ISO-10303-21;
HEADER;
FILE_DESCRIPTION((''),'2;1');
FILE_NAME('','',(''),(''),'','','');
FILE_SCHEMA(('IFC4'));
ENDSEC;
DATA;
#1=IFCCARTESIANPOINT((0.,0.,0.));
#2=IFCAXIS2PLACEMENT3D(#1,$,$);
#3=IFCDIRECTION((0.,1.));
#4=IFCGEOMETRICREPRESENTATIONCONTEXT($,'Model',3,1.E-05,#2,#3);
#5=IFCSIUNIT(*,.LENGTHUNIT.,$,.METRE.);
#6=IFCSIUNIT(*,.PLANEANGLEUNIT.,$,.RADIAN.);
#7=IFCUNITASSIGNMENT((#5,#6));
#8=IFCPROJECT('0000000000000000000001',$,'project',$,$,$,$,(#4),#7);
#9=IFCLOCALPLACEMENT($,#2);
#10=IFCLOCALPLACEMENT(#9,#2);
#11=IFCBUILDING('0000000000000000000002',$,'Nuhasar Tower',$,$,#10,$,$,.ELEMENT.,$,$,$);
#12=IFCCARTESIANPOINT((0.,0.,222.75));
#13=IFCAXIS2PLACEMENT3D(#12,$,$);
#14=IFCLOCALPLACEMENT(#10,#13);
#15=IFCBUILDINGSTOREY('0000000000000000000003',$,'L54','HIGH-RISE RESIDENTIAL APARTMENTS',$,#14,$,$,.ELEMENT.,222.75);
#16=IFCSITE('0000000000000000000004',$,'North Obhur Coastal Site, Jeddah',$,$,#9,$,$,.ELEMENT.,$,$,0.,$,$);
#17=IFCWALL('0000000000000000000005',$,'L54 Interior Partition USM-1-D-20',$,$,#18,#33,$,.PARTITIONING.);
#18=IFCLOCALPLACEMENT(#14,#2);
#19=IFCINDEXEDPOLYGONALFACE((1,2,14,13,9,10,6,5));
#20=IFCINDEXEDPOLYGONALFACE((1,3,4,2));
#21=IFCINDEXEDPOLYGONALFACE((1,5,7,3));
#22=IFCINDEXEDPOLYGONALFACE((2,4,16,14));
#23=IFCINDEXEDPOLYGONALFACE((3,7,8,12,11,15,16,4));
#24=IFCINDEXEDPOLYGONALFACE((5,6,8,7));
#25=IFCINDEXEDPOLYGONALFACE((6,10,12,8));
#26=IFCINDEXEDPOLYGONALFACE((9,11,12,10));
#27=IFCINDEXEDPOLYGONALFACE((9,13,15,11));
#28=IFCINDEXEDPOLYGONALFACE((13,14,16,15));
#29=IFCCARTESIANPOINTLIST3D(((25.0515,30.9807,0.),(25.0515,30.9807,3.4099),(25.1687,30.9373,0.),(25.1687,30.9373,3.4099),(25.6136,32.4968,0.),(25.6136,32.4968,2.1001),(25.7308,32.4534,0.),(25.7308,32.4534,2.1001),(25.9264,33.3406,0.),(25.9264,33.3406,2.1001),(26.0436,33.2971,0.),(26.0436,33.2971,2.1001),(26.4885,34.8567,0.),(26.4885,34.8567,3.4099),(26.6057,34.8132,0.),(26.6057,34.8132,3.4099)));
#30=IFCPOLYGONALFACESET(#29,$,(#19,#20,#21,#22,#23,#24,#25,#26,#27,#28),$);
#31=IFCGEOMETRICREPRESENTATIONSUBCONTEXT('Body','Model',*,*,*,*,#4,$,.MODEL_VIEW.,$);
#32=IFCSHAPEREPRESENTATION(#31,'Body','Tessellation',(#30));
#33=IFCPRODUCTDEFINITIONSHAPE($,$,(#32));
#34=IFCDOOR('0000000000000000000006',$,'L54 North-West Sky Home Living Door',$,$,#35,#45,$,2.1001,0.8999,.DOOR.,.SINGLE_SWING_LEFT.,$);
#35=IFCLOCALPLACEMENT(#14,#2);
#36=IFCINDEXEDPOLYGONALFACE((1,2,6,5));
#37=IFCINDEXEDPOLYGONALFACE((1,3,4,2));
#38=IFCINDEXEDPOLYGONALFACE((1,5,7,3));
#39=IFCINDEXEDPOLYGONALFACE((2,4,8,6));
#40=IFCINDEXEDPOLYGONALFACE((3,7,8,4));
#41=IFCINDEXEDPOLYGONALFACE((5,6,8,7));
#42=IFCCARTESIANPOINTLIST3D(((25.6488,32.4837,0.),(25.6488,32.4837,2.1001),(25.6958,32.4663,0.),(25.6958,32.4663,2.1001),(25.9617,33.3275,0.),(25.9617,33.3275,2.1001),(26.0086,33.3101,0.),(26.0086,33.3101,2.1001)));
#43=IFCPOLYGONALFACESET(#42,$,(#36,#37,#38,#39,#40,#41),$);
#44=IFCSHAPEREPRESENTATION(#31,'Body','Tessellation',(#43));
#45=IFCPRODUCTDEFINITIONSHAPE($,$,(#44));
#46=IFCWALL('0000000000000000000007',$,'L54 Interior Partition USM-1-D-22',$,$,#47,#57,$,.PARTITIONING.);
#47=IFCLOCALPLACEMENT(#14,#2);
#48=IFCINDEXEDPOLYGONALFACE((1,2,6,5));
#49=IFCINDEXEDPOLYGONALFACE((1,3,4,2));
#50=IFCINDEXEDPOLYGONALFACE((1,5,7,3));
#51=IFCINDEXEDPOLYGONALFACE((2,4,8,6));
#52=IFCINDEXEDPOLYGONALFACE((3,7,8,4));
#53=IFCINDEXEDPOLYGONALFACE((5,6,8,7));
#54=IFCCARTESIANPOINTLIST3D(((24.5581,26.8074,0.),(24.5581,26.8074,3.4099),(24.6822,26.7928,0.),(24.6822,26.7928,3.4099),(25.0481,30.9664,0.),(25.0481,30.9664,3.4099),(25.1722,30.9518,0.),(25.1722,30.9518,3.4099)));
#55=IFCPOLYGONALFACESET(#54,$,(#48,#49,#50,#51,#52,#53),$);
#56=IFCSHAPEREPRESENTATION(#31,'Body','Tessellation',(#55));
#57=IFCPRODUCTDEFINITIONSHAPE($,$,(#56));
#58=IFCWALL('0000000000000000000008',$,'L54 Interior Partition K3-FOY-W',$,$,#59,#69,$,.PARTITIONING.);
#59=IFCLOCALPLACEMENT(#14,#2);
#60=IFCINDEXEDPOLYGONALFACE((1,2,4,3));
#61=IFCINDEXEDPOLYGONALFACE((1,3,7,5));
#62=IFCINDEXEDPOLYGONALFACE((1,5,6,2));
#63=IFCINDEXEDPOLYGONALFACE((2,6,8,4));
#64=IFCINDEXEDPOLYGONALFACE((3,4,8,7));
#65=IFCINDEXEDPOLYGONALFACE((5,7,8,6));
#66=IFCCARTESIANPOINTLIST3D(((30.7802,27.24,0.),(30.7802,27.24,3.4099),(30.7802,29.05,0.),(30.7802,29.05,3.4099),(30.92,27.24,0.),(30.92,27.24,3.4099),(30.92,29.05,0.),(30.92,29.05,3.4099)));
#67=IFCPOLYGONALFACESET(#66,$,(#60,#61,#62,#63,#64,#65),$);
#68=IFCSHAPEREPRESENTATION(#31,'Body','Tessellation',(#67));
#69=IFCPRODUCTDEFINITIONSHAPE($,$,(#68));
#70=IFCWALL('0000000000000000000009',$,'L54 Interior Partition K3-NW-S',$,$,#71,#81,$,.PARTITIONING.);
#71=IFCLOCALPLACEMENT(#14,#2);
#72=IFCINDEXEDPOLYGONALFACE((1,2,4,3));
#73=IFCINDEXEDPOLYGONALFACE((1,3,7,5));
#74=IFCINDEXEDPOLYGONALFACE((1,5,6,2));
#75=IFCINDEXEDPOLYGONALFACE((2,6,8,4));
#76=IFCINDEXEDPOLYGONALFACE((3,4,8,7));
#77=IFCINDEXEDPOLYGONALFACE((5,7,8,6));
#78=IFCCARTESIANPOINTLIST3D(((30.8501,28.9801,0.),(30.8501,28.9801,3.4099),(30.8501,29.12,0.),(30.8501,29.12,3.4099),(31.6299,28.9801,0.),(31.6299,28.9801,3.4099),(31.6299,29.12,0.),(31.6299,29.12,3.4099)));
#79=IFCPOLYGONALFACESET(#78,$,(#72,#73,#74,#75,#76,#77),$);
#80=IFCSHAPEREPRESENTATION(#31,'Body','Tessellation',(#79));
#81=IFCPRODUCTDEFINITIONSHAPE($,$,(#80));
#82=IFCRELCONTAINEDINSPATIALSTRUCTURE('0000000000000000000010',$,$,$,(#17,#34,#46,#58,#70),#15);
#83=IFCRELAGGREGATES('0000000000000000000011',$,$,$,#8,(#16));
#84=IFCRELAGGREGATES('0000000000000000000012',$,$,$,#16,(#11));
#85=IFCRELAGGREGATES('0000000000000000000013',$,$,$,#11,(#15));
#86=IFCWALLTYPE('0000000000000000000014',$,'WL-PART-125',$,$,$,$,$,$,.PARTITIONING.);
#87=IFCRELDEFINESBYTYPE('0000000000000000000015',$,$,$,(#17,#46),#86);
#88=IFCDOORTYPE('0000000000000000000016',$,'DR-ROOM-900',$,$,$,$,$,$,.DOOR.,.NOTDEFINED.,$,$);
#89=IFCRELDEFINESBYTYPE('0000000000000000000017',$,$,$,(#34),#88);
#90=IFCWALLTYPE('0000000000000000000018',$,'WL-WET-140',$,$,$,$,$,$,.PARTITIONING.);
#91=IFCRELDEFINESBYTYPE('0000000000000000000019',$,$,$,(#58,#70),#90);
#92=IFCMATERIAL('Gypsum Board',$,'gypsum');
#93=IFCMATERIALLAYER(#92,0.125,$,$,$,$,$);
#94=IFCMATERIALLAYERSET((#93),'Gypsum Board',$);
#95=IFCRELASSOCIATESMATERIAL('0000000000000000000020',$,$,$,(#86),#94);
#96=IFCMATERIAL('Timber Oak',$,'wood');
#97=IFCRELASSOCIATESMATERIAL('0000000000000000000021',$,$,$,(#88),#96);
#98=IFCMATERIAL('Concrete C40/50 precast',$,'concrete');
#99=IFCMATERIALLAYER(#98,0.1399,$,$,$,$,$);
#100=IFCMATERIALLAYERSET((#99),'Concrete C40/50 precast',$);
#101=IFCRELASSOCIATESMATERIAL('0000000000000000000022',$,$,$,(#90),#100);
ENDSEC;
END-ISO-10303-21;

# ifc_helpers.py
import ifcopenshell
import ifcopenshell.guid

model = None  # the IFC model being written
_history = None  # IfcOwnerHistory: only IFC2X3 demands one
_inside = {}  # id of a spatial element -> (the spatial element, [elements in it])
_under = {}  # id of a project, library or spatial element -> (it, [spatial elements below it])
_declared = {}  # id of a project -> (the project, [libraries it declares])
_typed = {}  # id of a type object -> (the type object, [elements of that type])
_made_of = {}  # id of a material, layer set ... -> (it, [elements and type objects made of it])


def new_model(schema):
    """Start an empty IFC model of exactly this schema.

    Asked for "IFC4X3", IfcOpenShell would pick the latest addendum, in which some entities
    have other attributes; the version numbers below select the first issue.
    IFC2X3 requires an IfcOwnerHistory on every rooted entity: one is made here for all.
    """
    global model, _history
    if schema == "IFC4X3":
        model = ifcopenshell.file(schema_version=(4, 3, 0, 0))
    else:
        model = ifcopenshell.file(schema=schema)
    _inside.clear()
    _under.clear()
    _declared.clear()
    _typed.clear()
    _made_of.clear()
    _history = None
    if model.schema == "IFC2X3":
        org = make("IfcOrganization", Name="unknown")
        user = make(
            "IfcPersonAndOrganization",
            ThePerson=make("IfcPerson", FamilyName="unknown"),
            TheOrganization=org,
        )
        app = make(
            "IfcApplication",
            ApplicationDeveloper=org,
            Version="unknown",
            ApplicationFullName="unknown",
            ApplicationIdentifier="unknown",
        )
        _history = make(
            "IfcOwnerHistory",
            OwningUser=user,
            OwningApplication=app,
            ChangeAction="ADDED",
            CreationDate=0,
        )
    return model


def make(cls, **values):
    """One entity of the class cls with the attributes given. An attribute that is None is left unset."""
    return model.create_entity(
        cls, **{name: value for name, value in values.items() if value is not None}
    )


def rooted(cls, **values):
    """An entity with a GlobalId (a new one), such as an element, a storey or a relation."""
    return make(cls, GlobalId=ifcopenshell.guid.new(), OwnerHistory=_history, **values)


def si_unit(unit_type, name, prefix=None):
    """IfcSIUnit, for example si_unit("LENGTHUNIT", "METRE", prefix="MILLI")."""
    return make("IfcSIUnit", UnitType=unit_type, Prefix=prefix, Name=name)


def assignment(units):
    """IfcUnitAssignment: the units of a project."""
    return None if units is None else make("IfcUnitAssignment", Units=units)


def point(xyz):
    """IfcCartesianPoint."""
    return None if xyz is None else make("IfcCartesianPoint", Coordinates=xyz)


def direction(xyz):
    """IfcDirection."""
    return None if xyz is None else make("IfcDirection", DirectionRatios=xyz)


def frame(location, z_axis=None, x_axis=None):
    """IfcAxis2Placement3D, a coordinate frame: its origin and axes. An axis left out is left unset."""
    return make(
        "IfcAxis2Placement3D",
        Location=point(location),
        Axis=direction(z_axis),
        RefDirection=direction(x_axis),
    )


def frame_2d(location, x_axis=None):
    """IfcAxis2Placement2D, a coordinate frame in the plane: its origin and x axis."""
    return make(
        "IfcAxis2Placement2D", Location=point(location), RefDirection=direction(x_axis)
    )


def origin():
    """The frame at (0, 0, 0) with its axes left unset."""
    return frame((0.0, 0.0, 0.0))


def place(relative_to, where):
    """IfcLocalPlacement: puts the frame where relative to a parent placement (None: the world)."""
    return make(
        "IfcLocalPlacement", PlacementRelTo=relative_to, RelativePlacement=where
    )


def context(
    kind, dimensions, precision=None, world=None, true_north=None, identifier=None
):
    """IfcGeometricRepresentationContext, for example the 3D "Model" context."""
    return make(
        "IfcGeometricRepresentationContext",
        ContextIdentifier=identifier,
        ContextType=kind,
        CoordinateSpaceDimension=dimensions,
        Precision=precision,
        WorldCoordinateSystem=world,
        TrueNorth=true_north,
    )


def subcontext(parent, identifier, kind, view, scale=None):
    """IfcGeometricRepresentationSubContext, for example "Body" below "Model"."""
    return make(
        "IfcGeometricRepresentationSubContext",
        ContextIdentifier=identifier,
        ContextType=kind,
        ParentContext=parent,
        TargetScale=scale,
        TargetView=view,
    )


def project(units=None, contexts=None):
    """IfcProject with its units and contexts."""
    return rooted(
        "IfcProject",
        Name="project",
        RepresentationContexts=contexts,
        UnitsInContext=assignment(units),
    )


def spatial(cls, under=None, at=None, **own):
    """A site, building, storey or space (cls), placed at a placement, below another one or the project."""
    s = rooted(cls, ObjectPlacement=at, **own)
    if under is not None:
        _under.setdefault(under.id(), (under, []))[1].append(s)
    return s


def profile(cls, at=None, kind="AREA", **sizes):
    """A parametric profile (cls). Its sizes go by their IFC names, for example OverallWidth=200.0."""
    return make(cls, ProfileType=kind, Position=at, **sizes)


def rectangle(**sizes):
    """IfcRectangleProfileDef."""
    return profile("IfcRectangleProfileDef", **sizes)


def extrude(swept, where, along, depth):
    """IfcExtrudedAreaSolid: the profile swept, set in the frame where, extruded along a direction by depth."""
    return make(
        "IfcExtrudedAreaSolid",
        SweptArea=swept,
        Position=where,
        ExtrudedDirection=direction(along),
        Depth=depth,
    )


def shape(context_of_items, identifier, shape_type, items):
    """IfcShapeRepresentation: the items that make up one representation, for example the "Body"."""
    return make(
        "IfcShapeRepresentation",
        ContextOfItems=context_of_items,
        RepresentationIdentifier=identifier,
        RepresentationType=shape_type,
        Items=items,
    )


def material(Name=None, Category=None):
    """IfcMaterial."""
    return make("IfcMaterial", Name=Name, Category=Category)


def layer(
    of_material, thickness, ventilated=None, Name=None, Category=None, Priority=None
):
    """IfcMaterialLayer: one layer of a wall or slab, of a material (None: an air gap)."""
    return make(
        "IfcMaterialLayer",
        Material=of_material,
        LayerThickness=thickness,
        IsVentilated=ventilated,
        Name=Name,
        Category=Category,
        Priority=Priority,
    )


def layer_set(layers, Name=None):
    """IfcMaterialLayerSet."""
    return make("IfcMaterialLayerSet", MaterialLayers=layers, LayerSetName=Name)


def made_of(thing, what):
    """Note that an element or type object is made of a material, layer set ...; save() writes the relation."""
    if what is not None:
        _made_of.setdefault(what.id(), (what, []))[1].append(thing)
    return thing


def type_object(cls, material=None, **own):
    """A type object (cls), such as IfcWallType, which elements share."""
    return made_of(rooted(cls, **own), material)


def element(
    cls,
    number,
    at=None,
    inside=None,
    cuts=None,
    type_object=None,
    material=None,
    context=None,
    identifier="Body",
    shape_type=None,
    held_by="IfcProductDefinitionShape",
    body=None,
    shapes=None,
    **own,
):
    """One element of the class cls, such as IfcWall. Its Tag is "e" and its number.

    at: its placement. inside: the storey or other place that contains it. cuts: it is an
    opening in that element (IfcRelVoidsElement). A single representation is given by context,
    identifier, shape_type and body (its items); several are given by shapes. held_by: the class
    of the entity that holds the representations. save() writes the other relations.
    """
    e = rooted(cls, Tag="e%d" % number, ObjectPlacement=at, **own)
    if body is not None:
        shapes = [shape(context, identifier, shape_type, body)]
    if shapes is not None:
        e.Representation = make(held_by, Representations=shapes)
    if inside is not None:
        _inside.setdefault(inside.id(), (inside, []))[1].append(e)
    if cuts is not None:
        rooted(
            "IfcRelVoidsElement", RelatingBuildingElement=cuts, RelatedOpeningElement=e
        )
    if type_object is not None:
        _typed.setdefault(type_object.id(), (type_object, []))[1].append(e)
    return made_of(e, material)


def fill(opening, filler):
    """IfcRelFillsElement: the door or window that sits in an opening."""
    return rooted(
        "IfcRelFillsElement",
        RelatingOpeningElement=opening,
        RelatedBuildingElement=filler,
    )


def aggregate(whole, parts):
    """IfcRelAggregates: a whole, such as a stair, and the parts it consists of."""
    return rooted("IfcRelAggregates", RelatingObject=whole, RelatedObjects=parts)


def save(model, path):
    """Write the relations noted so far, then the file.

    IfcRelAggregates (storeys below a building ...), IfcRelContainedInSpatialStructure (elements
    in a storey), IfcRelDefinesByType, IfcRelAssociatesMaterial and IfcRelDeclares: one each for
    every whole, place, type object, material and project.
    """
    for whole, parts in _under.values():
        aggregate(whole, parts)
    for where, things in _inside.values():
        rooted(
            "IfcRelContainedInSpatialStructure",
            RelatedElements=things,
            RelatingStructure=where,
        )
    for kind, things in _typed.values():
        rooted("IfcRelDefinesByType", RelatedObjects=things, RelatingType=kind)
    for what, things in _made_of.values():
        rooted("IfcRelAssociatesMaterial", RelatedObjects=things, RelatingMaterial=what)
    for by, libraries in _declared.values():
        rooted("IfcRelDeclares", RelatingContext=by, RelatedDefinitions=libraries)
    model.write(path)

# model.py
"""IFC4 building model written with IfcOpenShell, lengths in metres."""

from ifc_helpers import new_model, si_unit, direction, frame, frame_2d, origin, place, context, subcontext, project, spatial, rectangle, extrude, material, layer, layer_set, type_object, element, fill, save


model = new_model("IFC4")

# Units and contexts
model_context = context("Model", 3, precision=1e-05, world=origin(), true_north=direction((0.0, 1.0)))
body_context = subcontext(model_context, "Body", "Model", "MODEL_VIEW")
ifc_project = project(units=[si_unit("LENGTHUNIT", "METRE"), si_unit("PLANEANGLEUNIT", "RADIAN")], contexts=[model_context])

# Site, building, storey
site_placement = place(None, origin())
site = spatial("IfcSite", under=ifc_project, at=site_placement, Name="North Obhur Coastal Site, Jeddah", CompositionType="ELEMENT", RefElevation=0.0)
building_placement = place(site_placement, origin())
building = spatial("IfcBuilding", under=site, at=building_placement, Name="Nuhasar Tower", CompositionType="ELEMENT")
storey_placement = place(building_placement, frame((0.0, 0.0, 222.75)))
storey = spatial("IfcBuildingStorey", under=building, at=storey_placement, Name="L54", Description="HIGH-RISE RESIDENTIAL APARTMENTS", CompositionType="ELEMENT", Elevation=222.75)

# Shared definitions
ifc_material_1 = material(Name="Gypsum Board", Category="gypsum")

# Shared definitions
ifc_material_2 = material(Name="Timber Oak", Category="wood")

# Shared definitions
ifc_layer_1 = layer(ifc_material_1, 0.125)
ifc_layer_set_1 = layer_set([ifc_layer_1], Name="Gypsum Board")
wall_type_1 = type_object("IfcWallType", Name="WL-PART-125", PredefinedType="PARTITIONING", material=ifc_layer_set_1)

# Wall, opening, door
wall_1_placement = place(storey_placement, frame((25.1101, 30.959, 0.0), z_axis=(0.0, 0.0, 1.0), x_axis=(0.347626, 0.937633, 0.0)))
wall_1 = element("IfcWall", 1, at=wall_1_placement, inside=storey, type_object=wall_type_1, Name="L54 Interior Partition USM-1-D-20", PredefinedType="PARTITIONING", context=body_context, shape_type="SweptSolid", body=[
    extrude(rectangle(XDim=4.1338, YDim=0.125, at=frame_2d((2.0669, 0.0))), origin(), (0.0, 0.0, 1.0), 3.4099),
])
opening_1_placement = place(wall_1_placement, frame((1.6169, 0.0, 0.0)))
opening_1 = element("IfcOpeningElement", 2, at=opening_1_placement, cuts=wall_1, PredefinedType="OPENING", context=body_context, shape_type="SweptSolid", body=[
    extrude(rectangle(XDim=0.8999, YDim=2.1001, at=frame_2d((0.45, 1.05))), frame((0.0, 0.0725, 0.0), z_axis=(0.0, -1.0, 0.0), x_axis=(1.0, 0.0, 0.0)), (0.0, 0.0, 1.0), 0.145),
])
door_type_1 = type_object("IfcDoorType", Name="DR-ROOM-900", OperationType="NOTDEFINED", PredefinedType="DOOR", material=ifc_material_2)
door_1_placement = place(opening_1_placement, origin())
door_1 = element("IfcDoor", 3, at=door_1_placement, inside=storey, type_object=door_type_1, Name="L54 North-West Sky Home Living Door", OperationType="SINGLE_SWING_LEFT", OverallHeight=2.1001, OverallWidth=0.8999, PredefinedType="DOOR", context=body_context, shape_type="SweptSolid", body=[
    extrude(rectangle(XDim=0.8999, YDim=2.1001, at=frame_2d((0.45, 1.05))), frame((0.0, 0.0249, 0.0), z_axis=(0.0, -1.0, 0.0), x_axis=(1.0, 0.0, 0.0)), (0.0, 0.0, 1.0), 0.05),
])
fill(opening_1, door_1)

# Walls
wall_2_placement = place(storey_placement, frame((25.1101, 30.959, 0.0), z_axis=(0.0, 0.0, 1.0), x_axis=(-0.117007, -0.993131, 0.0)))
element("IfcWall", 4, at=wall_2_placement, inside=storey, type_object=wall_type_1, Name="L54 Interior Partition USM-1-D-22", PredefinedType="PARTITIONING", context=body_context, shape_type="SweptSolid", body=[
    extrude(rectangle(XDim=4.1877, YDim=0.125, at=frame_2d((2.0938, 0.0))), origin(), (0.0, 0.0, 1.0), 3.4099),
])
ifc_material_3 = material(Name="Concrete C40/50 precast", Category="concrete")
ifc_layer_2 = layer(ifc_material_3, 0.1399)
ifc_layer_set_2 = layer_set([ifc_layer_2], Name="Concrete C40/50 precast")
wall_type_2 = type_object("IfcWallType", Name="WL-WET-140", PredefinedType="PARTITIONING", material=ifc_layer_set_2)
wall_3_placement = place(storey_placement, frame((30.8501, 27.24, 0.0), z_axis=(0.0, 0.0, 1.0), x_axis=(0.0, 1.0, 0.0)))
element("IfcWall", 5, at=wall_3_placement, inside=storey, type_object=wall_type_2, Name="L54 Interior Partition K3-FOY-W", PredefinedType="PARTITIONING", context=body_context, shape_type="SweptSolid", body=[
    extrude(rectangle(XDim=1.8101, YDim=0.1399, at=frame_2d((0.905, 0.0))), origin(), (0.0, 0.0, 1.0), 3.4099),
])
wall_4_placement = place(storey_placement, frame((30.8501, 29.05, 0.0), z_axis=(0.0, 0.0, 1.0), x_axis=(1.0, 0.0, 0.0)))
element("IfcWall", 6, at=wall_4_placement, inside=storey, type_object=wall_type_2, Name="L54 Interior Partition K3-NW-S", PredefinedType="PARTITIONING", context=body_context, shape_type="SweptSolid", body=[
    extrude(rectangle(XDim=0.7798, YDim=0.1399, at=frame_2d((0.3899, 0.0))), origin(), (0.0, 0.0, 1.0), 3.4099),
])

save(model, "model.ifc")
